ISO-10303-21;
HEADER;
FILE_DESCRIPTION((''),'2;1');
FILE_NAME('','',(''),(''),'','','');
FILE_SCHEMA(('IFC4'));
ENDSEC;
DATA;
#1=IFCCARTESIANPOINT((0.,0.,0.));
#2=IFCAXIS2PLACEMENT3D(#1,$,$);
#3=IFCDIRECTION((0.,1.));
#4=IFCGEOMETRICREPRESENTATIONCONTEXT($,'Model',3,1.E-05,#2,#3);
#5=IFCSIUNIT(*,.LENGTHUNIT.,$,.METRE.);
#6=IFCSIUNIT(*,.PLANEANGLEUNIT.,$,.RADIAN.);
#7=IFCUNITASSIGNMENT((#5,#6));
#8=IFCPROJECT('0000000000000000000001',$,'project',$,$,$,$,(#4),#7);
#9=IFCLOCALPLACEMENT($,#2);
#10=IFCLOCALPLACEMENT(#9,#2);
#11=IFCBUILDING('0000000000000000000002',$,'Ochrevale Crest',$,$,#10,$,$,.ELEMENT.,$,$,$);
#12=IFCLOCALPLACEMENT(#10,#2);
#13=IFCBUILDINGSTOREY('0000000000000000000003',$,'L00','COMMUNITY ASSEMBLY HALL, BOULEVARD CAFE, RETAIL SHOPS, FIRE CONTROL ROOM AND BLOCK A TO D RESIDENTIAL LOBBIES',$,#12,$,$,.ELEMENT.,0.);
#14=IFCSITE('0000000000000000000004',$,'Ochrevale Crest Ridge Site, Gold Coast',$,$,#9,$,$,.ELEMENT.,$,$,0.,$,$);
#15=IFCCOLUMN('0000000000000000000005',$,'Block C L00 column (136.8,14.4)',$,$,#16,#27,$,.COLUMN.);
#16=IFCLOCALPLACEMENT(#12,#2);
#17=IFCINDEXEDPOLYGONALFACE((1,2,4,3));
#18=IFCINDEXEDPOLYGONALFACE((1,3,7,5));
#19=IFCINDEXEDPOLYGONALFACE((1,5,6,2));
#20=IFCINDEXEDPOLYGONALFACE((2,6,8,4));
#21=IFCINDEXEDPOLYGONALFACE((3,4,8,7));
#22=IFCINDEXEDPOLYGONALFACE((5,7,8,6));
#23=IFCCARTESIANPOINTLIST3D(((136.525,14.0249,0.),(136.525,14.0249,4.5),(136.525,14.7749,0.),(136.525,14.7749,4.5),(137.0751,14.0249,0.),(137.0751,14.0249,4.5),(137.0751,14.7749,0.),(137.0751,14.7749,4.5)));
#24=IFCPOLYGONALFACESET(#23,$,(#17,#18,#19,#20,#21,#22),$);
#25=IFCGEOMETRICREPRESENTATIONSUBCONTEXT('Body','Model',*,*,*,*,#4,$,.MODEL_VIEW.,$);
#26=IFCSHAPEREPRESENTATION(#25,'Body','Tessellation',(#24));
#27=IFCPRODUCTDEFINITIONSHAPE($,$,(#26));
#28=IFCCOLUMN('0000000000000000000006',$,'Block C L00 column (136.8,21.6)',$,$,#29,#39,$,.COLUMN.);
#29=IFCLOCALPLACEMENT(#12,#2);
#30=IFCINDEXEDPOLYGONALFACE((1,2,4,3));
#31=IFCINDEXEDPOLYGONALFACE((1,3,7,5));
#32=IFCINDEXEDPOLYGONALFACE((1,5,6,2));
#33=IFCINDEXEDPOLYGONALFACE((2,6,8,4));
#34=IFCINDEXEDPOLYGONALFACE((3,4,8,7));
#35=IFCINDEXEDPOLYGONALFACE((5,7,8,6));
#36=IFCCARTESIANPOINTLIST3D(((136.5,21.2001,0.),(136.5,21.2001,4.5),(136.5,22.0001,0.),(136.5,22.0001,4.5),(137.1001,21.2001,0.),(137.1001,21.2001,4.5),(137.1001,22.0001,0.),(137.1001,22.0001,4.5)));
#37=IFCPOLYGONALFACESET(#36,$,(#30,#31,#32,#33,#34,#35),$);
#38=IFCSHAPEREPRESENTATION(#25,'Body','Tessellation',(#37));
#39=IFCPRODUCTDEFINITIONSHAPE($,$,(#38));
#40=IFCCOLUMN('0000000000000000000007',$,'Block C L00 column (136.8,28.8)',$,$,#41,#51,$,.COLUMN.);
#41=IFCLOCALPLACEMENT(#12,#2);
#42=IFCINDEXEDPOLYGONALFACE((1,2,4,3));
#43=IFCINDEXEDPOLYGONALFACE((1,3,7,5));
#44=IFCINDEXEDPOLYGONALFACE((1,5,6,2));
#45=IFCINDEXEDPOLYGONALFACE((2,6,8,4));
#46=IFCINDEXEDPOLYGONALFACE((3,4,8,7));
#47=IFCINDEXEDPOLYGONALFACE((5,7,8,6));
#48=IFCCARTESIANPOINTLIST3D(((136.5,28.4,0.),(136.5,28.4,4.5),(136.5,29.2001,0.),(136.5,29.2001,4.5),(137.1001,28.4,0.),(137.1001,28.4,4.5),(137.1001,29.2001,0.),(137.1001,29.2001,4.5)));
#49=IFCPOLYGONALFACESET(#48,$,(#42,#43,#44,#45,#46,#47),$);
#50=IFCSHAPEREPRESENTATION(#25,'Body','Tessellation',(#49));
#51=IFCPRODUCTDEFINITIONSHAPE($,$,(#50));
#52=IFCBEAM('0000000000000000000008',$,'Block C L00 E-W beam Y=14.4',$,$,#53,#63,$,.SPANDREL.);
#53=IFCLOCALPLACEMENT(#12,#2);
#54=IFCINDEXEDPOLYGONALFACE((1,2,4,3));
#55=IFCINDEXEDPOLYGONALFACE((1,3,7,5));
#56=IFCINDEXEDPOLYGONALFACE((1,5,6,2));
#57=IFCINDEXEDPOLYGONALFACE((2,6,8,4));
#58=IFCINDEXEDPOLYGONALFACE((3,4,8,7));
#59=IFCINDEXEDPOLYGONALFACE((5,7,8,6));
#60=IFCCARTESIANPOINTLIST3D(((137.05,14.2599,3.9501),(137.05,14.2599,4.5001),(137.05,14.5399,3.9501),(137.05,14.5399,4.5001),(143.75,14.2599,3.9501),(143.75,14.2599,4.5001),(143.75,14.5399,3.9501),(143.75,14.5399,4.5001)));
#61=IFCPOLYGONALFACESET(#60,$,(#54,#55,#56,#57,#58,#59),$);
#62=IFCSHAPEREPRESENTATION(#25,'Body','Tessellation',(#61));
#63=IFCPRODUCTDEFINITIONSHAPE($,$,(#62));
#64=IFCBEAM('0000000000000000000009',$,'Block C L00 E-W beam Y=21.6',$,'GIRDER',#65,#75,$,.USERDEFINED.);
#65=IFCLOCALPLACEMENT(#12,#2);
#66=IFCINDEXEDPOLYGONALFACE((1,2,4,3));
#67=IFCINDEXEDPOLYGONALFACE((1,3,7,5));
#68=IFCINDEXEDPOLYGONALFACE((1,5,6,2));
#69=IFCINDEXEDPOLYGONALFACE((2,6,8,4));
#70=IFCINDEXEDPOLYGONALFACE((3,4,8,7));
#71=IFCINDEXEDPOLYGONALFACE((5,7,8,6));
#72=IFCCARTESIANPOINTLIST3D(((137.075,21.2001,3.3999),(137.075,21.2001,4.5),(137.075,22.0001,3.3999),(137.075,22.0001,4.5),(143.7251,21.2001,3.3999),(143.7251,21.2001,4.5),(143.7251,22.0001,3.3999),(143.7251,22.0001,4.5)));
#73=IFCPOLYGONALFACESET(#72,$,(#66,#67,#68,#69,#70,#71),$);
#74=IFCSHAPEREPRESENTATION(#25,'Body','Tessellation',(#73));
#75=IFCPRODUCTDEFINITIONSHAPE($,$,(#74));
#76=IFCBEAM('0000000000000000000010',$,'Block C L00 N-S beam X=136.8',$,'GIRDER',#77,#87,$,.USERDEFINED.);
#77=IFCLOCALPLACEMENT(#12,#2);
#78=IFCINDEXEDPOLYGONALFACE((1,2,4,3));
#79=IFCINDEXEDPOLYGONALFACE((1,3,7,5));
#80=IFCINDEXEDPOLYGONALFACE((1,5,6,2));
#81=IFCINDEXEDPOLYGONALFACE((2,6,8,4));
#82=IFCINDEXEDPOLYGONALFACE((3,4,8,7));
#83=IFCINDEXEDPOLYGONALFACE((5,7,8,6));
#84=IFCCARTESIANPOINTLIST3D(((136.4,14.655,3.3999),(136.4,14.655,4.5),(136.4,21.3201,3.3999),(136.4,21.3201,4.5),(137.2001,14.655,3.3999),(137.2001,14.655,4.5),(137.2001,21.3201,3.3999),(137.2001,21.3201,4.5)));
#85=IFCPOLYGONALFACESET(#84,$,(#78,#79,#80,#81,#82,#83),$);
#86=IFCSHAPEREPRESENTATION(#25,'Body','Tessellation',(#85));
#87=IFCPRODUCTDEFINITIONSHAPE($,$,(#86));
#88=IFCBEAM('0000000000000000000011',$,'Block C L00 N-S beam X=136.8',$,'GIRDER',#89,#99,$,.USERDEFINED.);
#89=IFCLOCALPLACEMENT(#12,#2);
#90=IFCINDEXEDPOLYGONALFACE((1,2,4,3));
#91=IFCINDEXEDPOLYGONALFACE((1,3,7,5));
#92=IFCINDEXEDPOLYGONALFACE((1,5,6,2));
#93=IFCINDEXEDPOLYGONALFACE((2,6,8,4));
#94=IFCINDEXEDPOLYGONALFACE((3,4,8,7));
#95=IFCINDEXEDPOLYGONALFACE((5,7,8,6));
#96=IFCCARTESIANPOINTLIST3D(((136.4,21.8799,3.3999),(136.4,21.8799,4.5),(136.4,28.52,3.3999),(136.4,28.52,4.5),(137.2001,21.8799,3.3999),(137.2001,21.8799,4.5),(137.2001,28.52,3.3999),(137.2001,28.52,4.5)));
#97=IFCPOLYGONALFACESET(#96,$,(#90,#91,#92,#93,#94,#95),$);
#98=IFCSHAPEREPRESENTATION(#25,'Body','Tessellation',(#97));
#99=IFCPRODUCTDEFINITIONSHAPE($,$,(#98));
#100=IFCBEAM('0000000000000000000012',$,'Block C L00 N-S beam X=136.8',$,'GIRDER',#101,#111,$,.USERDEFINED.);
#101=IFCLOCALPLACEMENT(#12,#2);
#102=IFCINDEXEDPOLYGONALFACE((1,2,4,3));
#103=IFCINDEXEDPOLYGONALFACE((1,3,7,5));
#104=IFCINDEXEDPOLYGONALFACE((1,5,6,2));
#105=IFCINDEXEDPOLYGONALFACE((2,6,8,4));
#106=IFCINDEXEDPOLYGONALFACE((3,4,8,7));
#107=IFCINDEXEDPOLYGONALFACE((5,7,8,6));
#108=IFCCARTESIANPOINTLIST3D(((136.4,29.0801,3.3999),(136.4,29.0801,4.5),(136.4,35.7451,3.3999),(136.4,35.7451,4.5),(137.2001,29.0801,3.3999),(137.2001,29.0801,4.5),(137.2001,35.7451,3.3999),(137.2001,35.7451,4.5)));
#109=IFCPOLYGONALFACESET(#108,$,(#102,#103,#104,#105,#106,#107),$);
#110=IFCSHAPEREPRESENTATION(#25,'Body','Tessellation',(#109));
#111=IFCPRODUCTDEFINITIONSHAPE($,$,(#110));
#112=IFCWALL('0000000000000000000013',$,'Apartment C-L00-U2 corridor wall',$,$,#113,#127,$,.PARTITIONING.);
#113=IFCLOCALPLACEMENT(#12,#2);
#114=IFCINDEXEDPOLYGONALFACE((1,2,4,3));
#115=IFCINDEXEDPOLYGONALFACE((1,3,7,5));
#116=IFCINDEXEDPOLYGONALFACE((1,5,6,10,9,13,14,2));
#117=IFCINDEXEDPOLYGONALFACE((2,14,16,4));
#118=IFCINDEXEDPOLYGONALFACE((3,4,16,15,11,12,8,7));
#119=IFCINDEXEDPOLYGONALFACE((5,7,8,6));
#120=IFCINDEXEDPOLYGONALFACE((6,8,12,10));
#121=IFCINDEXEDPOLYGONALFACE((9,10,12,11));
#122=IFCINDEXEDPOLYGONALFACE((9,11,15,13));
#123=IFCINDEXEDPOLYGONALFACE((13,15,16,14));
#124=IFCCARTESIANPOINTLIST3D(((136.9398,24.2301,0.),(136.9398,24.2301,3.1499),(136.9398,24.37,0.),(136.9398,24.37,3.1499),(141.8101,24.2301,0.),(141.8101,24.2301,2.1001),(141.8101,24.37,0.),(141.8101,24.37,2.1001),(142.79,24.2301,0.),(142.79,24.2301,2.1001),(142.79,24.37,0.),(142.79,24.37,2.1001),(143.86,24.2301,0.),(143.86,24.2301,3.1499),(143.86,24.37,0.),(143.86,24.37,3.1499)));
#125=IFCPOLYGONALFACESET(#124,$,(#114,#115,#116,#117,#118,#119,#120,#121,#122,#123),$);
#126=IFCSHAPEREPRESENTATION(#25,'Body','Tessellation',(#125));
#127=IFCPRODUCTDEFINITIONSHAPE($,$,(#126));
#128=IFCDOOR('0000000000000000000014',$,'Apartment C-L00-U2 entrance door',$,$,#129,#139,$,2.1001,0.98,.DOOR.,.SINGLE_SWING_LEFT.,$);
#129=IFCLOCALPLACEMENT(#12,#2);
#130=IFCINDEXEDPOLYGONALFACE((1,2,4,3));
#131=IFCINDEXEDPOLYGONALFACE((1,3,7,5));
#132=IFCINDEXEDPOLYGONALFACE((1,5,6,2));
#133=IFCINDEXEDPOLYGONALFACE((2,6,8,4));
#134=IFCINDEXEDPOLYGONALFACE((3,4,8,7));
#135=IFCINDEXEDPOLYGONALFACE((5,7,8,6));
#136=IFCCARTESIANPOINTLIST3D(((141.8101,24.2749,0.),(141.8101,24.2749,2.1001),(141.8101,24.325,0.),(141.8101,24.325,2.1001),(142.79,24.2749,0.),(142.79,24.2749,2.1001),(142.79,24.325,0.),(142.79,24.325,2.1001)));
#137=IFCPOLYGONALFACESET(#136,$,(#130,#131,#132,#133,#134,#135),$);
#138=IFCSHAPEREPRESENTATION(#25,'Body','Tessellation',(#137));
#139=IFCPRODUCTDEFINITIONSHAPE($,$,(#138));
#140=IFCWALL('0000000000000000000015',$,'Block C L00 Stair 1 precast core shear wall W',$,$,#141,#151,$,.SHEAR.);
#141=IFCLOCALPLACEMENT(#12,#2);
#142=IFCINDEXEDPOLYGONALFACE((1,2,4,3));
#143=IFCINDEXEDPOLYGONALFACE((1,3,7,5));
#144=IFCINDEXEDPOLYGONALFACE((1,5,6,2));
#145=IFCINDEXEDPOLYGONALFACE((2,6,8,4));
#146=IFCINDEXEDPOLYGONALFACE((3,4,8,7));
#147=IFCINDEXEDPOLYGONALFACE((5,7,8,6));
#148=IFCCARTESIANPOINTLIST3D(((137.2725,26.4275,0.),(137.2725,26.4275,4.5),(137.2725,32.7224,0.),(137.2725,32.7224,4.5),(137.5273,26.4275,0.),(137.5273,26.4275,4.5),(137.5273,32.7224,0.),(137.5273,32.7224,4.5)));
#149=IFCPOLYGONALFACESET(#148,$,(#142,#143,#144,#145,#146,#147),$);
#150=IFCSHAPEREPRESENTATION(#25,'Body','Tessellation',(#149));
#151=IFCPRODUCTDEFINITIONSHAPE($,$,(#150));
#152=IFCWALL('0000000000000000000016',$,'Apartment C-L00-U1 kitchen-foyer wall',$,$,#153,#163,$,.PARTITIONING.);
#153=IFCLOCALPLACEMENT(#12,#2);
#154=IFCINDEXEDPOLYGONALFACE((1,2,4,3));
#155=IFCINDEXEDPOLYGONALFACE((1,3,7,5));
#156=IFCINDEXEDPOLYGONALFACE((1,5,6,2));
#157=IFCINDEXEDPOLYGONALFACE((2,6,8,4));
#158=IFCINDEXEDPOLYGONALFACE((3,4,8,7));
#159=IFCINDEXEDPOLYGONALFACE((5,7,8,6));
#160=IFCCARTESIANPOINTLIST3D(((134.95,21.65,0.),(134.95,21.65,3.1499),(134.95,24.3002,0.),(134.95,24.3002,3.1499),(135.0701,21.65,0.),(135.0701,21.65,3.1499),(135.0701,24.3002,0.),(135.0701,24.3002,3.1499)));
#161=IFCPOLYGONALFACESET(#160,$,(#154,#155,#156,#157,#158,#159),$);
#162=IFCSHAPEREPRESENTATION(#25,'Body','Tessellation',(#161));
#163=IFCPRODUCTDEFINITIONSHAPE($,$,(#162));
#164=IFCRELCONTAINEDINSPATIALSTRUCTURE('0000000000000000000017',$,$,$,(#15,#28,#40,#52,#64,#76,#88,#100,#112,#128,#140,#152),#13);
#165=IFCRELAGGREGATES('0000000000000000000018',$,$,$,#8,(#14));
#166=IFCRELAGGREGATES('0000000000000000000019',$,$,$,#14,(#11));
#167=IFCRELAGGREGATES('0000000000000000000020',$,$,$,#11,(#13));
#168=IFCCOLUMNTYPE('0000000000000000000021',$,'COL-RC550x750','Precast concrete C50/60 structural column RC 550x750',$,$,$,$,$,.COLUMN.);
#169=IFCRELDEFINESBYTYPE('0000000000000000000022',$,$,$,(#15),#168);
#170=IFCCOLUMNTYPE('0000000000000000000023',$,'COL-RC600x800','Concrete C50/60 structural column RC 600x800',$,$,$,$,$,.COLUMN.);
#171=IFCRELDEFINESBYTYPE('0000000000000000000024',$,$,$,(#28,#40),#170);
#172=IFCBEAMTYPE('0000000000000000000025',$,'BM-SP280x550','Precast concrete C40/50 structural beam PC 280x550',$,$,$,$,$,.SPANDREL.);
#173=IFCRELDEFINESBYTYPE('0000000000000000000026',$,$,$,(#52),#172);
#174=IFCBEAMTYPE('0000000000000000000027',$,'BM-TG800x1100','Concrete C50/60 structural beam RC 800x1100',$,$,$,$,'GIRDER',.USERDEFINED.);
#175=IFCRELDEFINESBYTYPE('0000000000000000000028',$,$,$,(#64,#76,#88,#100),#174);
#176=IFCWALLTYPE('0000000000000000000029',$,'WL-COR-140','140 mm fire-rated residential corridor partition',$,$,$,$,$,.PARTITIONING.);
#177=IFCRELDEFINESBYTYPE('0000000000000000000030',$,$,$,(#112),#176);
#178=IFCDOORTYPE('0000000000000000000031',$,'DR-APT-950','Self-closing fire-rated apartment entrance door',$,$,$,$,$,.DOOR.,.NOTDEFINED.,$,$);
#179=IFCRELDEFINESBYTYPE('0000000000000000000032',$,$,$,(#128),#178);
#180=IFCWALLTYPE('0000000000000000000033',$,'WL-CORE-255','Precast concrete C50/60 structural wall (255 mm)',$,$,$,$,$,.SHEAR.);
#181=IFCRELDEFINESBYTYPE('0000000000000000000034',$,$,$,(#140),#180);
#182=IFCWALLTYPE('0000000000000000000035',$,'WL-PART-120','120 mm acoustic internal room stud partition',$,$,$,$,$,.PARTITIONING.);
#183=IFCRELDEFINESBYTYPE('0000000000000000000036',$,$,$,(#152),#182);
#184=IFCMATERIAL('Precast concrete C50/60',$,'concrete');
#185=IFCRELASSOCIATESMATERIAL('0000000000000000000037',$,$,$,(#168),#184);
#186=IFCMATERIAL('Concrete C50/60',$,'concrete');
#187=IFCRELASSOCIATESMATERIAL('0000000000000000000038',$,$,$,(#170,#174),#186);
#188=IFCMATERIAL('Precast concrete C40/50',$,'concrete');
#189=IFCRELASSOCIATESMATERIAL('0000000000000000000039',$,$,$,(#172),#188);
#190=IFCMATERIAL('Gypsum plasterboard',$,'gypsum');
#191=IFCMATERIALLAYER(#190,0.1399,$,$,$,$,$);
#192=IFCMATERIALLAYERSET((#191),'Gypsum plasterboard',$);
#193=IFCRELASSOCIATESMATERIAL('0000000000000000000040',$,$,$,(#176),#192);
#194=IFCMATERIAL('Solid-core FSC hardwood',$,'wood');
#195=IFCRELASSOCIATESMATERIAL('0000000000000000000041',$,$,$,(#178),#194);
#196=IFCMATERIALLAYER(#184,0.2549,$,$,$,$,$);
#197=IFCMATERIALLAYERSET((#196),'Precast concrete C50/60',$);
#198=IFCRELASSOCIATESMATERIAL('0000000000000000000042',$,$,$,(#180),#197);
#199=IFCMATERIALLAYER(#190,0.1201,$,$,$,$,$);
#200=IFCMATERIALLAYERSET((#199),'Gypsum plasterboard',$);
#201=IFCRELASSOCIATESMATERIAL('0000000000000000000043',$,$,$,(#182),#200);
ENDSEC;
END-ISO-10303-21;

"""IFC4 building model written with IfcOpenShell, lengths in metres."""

from ifc_helpers import new_model, si_unit, direction, frame, frame_2d, origin, origin_2d, place, context, subcontext, project, spatial, rectangle, extrude, material, layer, layer_set, material_profile, profile_set, type_object, element, fill, save


model = new_model("IFC4")

# Units and contexts
model_context = context("Model", 3, precision=1e-05, world=origin(), true_north=direction((0.0, 1.0)))
body_context = subcontext(model_context, "Body", "Model", "MODEL_VIEW")
ifc_project = project(units=[si_unit("LENGTHUNIT", "METRE"), si_unit("PLANEANGLEUNIT", "RADIAN")], contexts=[model_context])

# Site, building, storey
site_placement = place(None, origin())
site = spatial("IfcSite", under=ifc_project, at=site_placement, Name="Ochrevale Crest Ridge Site, Gold Coast", CompositionType="ELEMENT", RefElevation=0.0)
building_placement = place(site_placement, origin())
building = spatial("IfcBuilding", under=site, at=building_placement, Name="Ochrevale Crest", CompositionType="ELEMENT")
storey_placement = place(building_placement, origin())
storey = spatial("IfcBuildingStorey", under=building, at=storey_placement, Name="L00", Description="COMMUNITY ASSEMBLY HALL, BOULEVARD CAFE, RETAIL SHOPS, FIRE CONTROL ROOM AND BLOCK A TO D RESIDENTIAL LOBBIES", CompositionType="ELEMENT", Elevation=0.0)

# Columns
ifc_material_1 = material(Name="Precast concrete C50/60", Category="concrete")
ifc_material_profile_1 = material_profile(ifc_material_1, rectangle(XDim=0.55, YDim=0.75, at=origin_2d()), Name="RC 550x750")
ifc_profile_set_1 = profile_set([ifc_material_profile_1], Name="Precast concrete C50/60")
column_type_1 = type_object("IfcColumnType", Name="COL-RC550x750", Description="Precast concrete C50/60 structural column RC 550x750", PredefinedType="COLUMN", material=ifc_profile_set_1)
column_placement = place(storey_placement, frame((136.8, 14.3999, 0.0), z_axis=(0.0, 0.0, 1.0), x_axis=(1.0, 0.0, 0.0)))
element("IfcColumn", 1, at=column_placement, inside=storey, type_object=column_type_1, Name="Block C L00 column (136.8,14.4)", PredefinedType="COLUMN", context=body_context, shape_type="SweptSolid", body=[
    extrude(rectangle(XDim=0.55, YDim=0.75, at=origin_2d()), origin(), (0.0, 0.0, 1.0), 4.5),
])
ifc_material_2 = material(Name="Concrete C50/60", Category="concrete")
ifc_material_profile_2 = material_profile(ifc_material_2, rectangle(XDim=0.6001, YDim=0.8, at=origin_2d()), Name="RC 600x800")
ifc_profile_set_2 = profile_set([ifc_material_profile_2], Name="Concrete C50/60")
column_type_2 = type_object("IfcColumnType", Name="COL-RC600x800", Description="Concrete C50/60 structural column RC 600x800", PredefinedType="COLUMN", material=ifc_profile_set_2)
for number, where, z_axis, x_axis, name in (
    (2, (136.8, 21.6001, 0.0), (0.0, 0.0, 1.0), (1.0, 0.0, 0.0), "Block C L00 column (136.8,21.6)"),
    (3, (136.8, 28.8, 0.0), (0.0, 0.0, 1.0), (1.0, 0.0, 0.0), "Block C L00 column (136.8,28.8)"),
):
    element("IfcColumn", number, at=place(storey_placement, frame(where, z_axis=z_axis, x_axis=x_axis)), inside=storey, type_object=column_type_2, Name=name, PredefinedType="COLUMN", context=body_context, shape_type="SweptSolid", body=[
        extrude(rectangle(XDim=0.6001, YDim=0.8, at=origin_2d()), origin(), (0.0, 0.0, 1.0), 4.5),
    ])

# Beams
ifc_material_3 = material(Name="Precast concrete C40/50", Category="concrete")
ifc_material_profile_3 = material_profile(ifc_material_3, rectangle(XDim=0.28, YDim=0.55, at=origin_2d()), Name="PC 280x550")
ifc_profile_set_3 = profile_set([ifc_material_profile_3], Name="Precast concrete C40/50")
beam_type_1 = type_object("IfcBeamType", Name="BM-SP280x550", Description="Precast concrete C40/50 structural beam PC 280x550", PredefinedType="SPANDREL", material=ifc_profile_set_3)
beam_1_placement = place(storey_placement, frame((137.05, 14.3999, 4.2251), z_axis=(1.0, 0.0, 0.0), x_axis=(0.0, 1.0, 0.0)))
element("IfcBeam", 4, at=beam_1_placement, inside=storey, type_object=beam_type_1, Name="Block C L00 E-W beam Y=14.4", PredefinedType="SPANDREL", context=body_context, shape_type="SweptSolid", body=[
    extrude(rectangle(XDim=0.28, YDim=0.55, at=origin_2d()), origin(), (0.0, 0.0, 1.0), 6.7),
])
ifc_material_profile_4 = material_profile(ifc_material_2, rectangle(XDim=0.8, YDim=1.1001, at=origin_2d()), Name="RC 800x1100")
ifc_profile_set_4 = profile_set([ifc_material_profile_4], Name="Concrete C50/60")
beam_type_2 = type_object("IfcBeamType", Name="BM-TG800x1100", Description="Concrete C50/60 structural beam RC 800x1100", ElementType="GIRDER", PredefinedType="USERDEFINED", material=ifc_profile_set_4)
beam_2_placement = place(storey_placement, frame((137.075, 21.6001, 3.95), z_axis=(1.0, 0.0, 0.0), x_axis=(0.0, 1.0, 0.0)))
element("IfcBeam", 5, at=beam_2_placement, inside=storey, type_object=beam_type_2, Name="Block C L00 E-W beam Y=21.6", ObjectType="GIRDER", PredefinedType="USERDEFINED", context=body_context, shape_type="SweptSolid", body=[
    extrude(rectangle(XDim=0.8, YDim=1.1001, at=origin_2d()), origin(), (0.0, 0.0, 1.0), 6.6501),
])
beam_3_placement = place(storey_placement, frame((136.8, 14.655, 3.95), z_axis=(0.0, 1.0, 0.0), x_axis=(-1.0, 0.0, 0.0)))
element("IfcBeam", 6, at=beam_3_placement, inside=storey, type_object=beam_type_2, Name="Block C L00 N-S beam X=136.8", ObjectType="GIRDER", PredefinedType="USERDEFINED", context=body_context, shape_type="SweptSolid", body=[
    extrude(rectangle(XDim=0.8, YDim=1.1001, at=origin_2d()), origin(), (0.0, 0.0, 1.0), 6.665),
])
beam_4_placement = place(storey_placement, frame((136.8, 21.8799, 3.95), z_axis=(0.0, 1.0, 0.0), x_axis=(-1.0, 0.0, 0.0)))
element("IfcBeam", 7, at=beam_4_placement, inside=storey, type_object=beam_type_2, Name="Block C L00 N-S beam X=136.8", ObjectType="GIRDER", PredefinedType="USERDEFINED", context=body_context, shape_type="SweptSolid", body=[
    extrude(rectangle(XDim=0.8, YDim=1.1001, at=origin_2d()), origin(), (0.0, 0.0, 1.0), 6.6401),
])
beam_5_placement = place(storey_placement, frame((136.8, 29.0801, 3.95), z_axis=(0.0, 1.0, 0.0), x_axis=(-1.0, 0.0, 0.0)))
element("IfcBeam", 8, at=beam_5_placement, inside=storey, type_object=beam_type_2, Name="Block C L00 N-S beam X=136.8", ObjectType="GIRDER", PredefinedType="USERDEFINED", context=body_context, shape_type="SweptSolid", body=[
    extrude(rectangle(XDim=0.8, YDim=1.1001, at=origin_2d()), origin(), (0.0, 0.0, 1.0), 6.665),
])

# Wall, opening, door
ifc_material_4 = material(Name="Gypsum plasterboard", Category="gypsum")
ifc_layer_1 = layer(ifc_material_4, 0.1399)
ifc_layer_set_1 = layer_set([ifc_layer_1], Name="Gypsum plasterboard")
wall_type_1 = type_object("IfcWallType", Name="WL-COR-140", Description="140 mm fire-rated residential corridor partition", PredefinedType="PARTITIONING", material=ifc_layer_set_1)
wall_1_placement = place(storey_placement, frame((136.9399, 24.3, 0.0), z_axis=(0.0, 0.0, 1.0), x_axis=(1.0, 0.0, 0.0)))
wall_1 = element("IfcWall", 9, at=wall_1_placement, inside=storey, type_object=wall_type_1, Name="Apartment C-L00-U2 corridor wall", PredefinedType="PARTITIONING", context=body_context, shape_type="SweptSolid", body=[
    extrude(rectangle(XDim=6.9202, YDim=0.1399, at=frame_2d((3.46, 0.0))), origin(), (0.0, 0.0, 1.0), 3.1499),
])
opening_1_placement = place(wall_1_placement, frame((4.8701, 0.0, 0.0)))
opening_1 = element("IfcOpeningElement", 10, at=opening_1_placement, cuts=wall_1, PredefinedType="OPENING", context=body_context, shape_type="SweptSolid", body=[
    extrude(rectangle(XDim=0.98, YDim=2.1001, at=frame_2d((0.49, 1.05))), frame((0.0, 0.0801, 0.0), z_axis=(0.0, -1.0, 0.0), x_axis=(1.0, 0.0, 0.0)), (0.0, 0.0, 1.0), 0.1599),
])
ifc_material_5 = material(Name="Solid-core FSC hardwood", Category="wood")
door_type_1 = type_object("IfcDoorType", Name="DR-APT-950", Description="Self-closing fire-rated apartment entrance door", OperationType="NOTDEFINED", PredefinedType="DOOR", material=ifc_material_5)
door_1_placement = place(opening_1_placement, origin())
door_1 = element("IfcDoor", 11, at=door_1_placement, inside=storey, type_object=door_type_1, Name="Apartment C-L00-U2 entrance door", OperationType="SINGLE_SWING_LEFT", OverallHeight=2.1001, OverallWidth=0.98, PredefinedType="DOOR", context=body_context, shape_type="SweptSolid", body=[
    extrude(rectangle(XDim=0.98, YDim=2.1001, at=frame_2d((0.49, 1.05))), frame((0.0, 0.0249, 0.0), z_axis=(0.0, -1.0, 0.0), x_axis=(1.0, 0.0, 0.0)), (0.0, 0.0, 1.0), 0.05),
])
fill(opening_1, door_1)
ifc_layer_2 = layer(ifc_material_1, 0.2549)
ifc_layer_set_2 = layer_set([ifc_layer_2], Name="Precast concrete C50/60")
wall_type_2 = type_object("IfcWallType", Name="WL-CORE-255", Description="Precast concrete C50/60 structural wall (255 mm)", PredefinedType="SHEAR", material=ifc_layer_set_2)

# Walls
wall_2_placement = place(storey_placement, frame((137.3999, 26.4275, 0.0), z_axis=(0.0, 0.0, 1.0), x_axis=(0.0, 1.0, 0.0)))
element("IfcWall", 12, at=wall_2_placement, inside=storey, type_object=wall_type_2, Name="Block C L00 Stair 1 precast core shear wall W", PredefinedType="SHEAR", context=body_context, shape_type="SweptSolid", body=[
    extrude(rectangle(XDim=6.2949, YDim=0.2549, at=frame_2d((3.1475, 0.0))), origin(), (0.0, 0.0, 1.0), 4.5),
])
ifc_layer_3 = layer(ifc_material_4, 0.1201)
ifc_layer_set_3 = layer_set([ifc_layer_3], Name="Gypsum plasterboard")
wall_type_3 = type_object("IfcWallType", Name="WL-PART-120", Description="120 mm acoustic internal room stud partition", PredefinedType="PARTITIONING", material=ifc_layer_set_3)
wall_3_placement = place(storey_placement, frame((135.01, 21.6499, 0.0), z_axis=(0.0, 0.0, 1.0), x_axis=(0.0, 1.0, 0.0)))
element("IfcWall", 13, at=wall_3_placement, inside=storey, type_object=wall_type_3, Name="Apartment C-L00-U1 kitchen-foyer wall", PredefinedType="PARTITIONING", context=body_context, shape_type="SweptSolid", body=[
    extrude(rectangle(XDim=2.6501, YDim=0.1201, at=frame_2d((1.3252, 0.0))), origin(), (0.0, 0.0, 1.0), 3.1499),
])

save(model, "model.ifc")
